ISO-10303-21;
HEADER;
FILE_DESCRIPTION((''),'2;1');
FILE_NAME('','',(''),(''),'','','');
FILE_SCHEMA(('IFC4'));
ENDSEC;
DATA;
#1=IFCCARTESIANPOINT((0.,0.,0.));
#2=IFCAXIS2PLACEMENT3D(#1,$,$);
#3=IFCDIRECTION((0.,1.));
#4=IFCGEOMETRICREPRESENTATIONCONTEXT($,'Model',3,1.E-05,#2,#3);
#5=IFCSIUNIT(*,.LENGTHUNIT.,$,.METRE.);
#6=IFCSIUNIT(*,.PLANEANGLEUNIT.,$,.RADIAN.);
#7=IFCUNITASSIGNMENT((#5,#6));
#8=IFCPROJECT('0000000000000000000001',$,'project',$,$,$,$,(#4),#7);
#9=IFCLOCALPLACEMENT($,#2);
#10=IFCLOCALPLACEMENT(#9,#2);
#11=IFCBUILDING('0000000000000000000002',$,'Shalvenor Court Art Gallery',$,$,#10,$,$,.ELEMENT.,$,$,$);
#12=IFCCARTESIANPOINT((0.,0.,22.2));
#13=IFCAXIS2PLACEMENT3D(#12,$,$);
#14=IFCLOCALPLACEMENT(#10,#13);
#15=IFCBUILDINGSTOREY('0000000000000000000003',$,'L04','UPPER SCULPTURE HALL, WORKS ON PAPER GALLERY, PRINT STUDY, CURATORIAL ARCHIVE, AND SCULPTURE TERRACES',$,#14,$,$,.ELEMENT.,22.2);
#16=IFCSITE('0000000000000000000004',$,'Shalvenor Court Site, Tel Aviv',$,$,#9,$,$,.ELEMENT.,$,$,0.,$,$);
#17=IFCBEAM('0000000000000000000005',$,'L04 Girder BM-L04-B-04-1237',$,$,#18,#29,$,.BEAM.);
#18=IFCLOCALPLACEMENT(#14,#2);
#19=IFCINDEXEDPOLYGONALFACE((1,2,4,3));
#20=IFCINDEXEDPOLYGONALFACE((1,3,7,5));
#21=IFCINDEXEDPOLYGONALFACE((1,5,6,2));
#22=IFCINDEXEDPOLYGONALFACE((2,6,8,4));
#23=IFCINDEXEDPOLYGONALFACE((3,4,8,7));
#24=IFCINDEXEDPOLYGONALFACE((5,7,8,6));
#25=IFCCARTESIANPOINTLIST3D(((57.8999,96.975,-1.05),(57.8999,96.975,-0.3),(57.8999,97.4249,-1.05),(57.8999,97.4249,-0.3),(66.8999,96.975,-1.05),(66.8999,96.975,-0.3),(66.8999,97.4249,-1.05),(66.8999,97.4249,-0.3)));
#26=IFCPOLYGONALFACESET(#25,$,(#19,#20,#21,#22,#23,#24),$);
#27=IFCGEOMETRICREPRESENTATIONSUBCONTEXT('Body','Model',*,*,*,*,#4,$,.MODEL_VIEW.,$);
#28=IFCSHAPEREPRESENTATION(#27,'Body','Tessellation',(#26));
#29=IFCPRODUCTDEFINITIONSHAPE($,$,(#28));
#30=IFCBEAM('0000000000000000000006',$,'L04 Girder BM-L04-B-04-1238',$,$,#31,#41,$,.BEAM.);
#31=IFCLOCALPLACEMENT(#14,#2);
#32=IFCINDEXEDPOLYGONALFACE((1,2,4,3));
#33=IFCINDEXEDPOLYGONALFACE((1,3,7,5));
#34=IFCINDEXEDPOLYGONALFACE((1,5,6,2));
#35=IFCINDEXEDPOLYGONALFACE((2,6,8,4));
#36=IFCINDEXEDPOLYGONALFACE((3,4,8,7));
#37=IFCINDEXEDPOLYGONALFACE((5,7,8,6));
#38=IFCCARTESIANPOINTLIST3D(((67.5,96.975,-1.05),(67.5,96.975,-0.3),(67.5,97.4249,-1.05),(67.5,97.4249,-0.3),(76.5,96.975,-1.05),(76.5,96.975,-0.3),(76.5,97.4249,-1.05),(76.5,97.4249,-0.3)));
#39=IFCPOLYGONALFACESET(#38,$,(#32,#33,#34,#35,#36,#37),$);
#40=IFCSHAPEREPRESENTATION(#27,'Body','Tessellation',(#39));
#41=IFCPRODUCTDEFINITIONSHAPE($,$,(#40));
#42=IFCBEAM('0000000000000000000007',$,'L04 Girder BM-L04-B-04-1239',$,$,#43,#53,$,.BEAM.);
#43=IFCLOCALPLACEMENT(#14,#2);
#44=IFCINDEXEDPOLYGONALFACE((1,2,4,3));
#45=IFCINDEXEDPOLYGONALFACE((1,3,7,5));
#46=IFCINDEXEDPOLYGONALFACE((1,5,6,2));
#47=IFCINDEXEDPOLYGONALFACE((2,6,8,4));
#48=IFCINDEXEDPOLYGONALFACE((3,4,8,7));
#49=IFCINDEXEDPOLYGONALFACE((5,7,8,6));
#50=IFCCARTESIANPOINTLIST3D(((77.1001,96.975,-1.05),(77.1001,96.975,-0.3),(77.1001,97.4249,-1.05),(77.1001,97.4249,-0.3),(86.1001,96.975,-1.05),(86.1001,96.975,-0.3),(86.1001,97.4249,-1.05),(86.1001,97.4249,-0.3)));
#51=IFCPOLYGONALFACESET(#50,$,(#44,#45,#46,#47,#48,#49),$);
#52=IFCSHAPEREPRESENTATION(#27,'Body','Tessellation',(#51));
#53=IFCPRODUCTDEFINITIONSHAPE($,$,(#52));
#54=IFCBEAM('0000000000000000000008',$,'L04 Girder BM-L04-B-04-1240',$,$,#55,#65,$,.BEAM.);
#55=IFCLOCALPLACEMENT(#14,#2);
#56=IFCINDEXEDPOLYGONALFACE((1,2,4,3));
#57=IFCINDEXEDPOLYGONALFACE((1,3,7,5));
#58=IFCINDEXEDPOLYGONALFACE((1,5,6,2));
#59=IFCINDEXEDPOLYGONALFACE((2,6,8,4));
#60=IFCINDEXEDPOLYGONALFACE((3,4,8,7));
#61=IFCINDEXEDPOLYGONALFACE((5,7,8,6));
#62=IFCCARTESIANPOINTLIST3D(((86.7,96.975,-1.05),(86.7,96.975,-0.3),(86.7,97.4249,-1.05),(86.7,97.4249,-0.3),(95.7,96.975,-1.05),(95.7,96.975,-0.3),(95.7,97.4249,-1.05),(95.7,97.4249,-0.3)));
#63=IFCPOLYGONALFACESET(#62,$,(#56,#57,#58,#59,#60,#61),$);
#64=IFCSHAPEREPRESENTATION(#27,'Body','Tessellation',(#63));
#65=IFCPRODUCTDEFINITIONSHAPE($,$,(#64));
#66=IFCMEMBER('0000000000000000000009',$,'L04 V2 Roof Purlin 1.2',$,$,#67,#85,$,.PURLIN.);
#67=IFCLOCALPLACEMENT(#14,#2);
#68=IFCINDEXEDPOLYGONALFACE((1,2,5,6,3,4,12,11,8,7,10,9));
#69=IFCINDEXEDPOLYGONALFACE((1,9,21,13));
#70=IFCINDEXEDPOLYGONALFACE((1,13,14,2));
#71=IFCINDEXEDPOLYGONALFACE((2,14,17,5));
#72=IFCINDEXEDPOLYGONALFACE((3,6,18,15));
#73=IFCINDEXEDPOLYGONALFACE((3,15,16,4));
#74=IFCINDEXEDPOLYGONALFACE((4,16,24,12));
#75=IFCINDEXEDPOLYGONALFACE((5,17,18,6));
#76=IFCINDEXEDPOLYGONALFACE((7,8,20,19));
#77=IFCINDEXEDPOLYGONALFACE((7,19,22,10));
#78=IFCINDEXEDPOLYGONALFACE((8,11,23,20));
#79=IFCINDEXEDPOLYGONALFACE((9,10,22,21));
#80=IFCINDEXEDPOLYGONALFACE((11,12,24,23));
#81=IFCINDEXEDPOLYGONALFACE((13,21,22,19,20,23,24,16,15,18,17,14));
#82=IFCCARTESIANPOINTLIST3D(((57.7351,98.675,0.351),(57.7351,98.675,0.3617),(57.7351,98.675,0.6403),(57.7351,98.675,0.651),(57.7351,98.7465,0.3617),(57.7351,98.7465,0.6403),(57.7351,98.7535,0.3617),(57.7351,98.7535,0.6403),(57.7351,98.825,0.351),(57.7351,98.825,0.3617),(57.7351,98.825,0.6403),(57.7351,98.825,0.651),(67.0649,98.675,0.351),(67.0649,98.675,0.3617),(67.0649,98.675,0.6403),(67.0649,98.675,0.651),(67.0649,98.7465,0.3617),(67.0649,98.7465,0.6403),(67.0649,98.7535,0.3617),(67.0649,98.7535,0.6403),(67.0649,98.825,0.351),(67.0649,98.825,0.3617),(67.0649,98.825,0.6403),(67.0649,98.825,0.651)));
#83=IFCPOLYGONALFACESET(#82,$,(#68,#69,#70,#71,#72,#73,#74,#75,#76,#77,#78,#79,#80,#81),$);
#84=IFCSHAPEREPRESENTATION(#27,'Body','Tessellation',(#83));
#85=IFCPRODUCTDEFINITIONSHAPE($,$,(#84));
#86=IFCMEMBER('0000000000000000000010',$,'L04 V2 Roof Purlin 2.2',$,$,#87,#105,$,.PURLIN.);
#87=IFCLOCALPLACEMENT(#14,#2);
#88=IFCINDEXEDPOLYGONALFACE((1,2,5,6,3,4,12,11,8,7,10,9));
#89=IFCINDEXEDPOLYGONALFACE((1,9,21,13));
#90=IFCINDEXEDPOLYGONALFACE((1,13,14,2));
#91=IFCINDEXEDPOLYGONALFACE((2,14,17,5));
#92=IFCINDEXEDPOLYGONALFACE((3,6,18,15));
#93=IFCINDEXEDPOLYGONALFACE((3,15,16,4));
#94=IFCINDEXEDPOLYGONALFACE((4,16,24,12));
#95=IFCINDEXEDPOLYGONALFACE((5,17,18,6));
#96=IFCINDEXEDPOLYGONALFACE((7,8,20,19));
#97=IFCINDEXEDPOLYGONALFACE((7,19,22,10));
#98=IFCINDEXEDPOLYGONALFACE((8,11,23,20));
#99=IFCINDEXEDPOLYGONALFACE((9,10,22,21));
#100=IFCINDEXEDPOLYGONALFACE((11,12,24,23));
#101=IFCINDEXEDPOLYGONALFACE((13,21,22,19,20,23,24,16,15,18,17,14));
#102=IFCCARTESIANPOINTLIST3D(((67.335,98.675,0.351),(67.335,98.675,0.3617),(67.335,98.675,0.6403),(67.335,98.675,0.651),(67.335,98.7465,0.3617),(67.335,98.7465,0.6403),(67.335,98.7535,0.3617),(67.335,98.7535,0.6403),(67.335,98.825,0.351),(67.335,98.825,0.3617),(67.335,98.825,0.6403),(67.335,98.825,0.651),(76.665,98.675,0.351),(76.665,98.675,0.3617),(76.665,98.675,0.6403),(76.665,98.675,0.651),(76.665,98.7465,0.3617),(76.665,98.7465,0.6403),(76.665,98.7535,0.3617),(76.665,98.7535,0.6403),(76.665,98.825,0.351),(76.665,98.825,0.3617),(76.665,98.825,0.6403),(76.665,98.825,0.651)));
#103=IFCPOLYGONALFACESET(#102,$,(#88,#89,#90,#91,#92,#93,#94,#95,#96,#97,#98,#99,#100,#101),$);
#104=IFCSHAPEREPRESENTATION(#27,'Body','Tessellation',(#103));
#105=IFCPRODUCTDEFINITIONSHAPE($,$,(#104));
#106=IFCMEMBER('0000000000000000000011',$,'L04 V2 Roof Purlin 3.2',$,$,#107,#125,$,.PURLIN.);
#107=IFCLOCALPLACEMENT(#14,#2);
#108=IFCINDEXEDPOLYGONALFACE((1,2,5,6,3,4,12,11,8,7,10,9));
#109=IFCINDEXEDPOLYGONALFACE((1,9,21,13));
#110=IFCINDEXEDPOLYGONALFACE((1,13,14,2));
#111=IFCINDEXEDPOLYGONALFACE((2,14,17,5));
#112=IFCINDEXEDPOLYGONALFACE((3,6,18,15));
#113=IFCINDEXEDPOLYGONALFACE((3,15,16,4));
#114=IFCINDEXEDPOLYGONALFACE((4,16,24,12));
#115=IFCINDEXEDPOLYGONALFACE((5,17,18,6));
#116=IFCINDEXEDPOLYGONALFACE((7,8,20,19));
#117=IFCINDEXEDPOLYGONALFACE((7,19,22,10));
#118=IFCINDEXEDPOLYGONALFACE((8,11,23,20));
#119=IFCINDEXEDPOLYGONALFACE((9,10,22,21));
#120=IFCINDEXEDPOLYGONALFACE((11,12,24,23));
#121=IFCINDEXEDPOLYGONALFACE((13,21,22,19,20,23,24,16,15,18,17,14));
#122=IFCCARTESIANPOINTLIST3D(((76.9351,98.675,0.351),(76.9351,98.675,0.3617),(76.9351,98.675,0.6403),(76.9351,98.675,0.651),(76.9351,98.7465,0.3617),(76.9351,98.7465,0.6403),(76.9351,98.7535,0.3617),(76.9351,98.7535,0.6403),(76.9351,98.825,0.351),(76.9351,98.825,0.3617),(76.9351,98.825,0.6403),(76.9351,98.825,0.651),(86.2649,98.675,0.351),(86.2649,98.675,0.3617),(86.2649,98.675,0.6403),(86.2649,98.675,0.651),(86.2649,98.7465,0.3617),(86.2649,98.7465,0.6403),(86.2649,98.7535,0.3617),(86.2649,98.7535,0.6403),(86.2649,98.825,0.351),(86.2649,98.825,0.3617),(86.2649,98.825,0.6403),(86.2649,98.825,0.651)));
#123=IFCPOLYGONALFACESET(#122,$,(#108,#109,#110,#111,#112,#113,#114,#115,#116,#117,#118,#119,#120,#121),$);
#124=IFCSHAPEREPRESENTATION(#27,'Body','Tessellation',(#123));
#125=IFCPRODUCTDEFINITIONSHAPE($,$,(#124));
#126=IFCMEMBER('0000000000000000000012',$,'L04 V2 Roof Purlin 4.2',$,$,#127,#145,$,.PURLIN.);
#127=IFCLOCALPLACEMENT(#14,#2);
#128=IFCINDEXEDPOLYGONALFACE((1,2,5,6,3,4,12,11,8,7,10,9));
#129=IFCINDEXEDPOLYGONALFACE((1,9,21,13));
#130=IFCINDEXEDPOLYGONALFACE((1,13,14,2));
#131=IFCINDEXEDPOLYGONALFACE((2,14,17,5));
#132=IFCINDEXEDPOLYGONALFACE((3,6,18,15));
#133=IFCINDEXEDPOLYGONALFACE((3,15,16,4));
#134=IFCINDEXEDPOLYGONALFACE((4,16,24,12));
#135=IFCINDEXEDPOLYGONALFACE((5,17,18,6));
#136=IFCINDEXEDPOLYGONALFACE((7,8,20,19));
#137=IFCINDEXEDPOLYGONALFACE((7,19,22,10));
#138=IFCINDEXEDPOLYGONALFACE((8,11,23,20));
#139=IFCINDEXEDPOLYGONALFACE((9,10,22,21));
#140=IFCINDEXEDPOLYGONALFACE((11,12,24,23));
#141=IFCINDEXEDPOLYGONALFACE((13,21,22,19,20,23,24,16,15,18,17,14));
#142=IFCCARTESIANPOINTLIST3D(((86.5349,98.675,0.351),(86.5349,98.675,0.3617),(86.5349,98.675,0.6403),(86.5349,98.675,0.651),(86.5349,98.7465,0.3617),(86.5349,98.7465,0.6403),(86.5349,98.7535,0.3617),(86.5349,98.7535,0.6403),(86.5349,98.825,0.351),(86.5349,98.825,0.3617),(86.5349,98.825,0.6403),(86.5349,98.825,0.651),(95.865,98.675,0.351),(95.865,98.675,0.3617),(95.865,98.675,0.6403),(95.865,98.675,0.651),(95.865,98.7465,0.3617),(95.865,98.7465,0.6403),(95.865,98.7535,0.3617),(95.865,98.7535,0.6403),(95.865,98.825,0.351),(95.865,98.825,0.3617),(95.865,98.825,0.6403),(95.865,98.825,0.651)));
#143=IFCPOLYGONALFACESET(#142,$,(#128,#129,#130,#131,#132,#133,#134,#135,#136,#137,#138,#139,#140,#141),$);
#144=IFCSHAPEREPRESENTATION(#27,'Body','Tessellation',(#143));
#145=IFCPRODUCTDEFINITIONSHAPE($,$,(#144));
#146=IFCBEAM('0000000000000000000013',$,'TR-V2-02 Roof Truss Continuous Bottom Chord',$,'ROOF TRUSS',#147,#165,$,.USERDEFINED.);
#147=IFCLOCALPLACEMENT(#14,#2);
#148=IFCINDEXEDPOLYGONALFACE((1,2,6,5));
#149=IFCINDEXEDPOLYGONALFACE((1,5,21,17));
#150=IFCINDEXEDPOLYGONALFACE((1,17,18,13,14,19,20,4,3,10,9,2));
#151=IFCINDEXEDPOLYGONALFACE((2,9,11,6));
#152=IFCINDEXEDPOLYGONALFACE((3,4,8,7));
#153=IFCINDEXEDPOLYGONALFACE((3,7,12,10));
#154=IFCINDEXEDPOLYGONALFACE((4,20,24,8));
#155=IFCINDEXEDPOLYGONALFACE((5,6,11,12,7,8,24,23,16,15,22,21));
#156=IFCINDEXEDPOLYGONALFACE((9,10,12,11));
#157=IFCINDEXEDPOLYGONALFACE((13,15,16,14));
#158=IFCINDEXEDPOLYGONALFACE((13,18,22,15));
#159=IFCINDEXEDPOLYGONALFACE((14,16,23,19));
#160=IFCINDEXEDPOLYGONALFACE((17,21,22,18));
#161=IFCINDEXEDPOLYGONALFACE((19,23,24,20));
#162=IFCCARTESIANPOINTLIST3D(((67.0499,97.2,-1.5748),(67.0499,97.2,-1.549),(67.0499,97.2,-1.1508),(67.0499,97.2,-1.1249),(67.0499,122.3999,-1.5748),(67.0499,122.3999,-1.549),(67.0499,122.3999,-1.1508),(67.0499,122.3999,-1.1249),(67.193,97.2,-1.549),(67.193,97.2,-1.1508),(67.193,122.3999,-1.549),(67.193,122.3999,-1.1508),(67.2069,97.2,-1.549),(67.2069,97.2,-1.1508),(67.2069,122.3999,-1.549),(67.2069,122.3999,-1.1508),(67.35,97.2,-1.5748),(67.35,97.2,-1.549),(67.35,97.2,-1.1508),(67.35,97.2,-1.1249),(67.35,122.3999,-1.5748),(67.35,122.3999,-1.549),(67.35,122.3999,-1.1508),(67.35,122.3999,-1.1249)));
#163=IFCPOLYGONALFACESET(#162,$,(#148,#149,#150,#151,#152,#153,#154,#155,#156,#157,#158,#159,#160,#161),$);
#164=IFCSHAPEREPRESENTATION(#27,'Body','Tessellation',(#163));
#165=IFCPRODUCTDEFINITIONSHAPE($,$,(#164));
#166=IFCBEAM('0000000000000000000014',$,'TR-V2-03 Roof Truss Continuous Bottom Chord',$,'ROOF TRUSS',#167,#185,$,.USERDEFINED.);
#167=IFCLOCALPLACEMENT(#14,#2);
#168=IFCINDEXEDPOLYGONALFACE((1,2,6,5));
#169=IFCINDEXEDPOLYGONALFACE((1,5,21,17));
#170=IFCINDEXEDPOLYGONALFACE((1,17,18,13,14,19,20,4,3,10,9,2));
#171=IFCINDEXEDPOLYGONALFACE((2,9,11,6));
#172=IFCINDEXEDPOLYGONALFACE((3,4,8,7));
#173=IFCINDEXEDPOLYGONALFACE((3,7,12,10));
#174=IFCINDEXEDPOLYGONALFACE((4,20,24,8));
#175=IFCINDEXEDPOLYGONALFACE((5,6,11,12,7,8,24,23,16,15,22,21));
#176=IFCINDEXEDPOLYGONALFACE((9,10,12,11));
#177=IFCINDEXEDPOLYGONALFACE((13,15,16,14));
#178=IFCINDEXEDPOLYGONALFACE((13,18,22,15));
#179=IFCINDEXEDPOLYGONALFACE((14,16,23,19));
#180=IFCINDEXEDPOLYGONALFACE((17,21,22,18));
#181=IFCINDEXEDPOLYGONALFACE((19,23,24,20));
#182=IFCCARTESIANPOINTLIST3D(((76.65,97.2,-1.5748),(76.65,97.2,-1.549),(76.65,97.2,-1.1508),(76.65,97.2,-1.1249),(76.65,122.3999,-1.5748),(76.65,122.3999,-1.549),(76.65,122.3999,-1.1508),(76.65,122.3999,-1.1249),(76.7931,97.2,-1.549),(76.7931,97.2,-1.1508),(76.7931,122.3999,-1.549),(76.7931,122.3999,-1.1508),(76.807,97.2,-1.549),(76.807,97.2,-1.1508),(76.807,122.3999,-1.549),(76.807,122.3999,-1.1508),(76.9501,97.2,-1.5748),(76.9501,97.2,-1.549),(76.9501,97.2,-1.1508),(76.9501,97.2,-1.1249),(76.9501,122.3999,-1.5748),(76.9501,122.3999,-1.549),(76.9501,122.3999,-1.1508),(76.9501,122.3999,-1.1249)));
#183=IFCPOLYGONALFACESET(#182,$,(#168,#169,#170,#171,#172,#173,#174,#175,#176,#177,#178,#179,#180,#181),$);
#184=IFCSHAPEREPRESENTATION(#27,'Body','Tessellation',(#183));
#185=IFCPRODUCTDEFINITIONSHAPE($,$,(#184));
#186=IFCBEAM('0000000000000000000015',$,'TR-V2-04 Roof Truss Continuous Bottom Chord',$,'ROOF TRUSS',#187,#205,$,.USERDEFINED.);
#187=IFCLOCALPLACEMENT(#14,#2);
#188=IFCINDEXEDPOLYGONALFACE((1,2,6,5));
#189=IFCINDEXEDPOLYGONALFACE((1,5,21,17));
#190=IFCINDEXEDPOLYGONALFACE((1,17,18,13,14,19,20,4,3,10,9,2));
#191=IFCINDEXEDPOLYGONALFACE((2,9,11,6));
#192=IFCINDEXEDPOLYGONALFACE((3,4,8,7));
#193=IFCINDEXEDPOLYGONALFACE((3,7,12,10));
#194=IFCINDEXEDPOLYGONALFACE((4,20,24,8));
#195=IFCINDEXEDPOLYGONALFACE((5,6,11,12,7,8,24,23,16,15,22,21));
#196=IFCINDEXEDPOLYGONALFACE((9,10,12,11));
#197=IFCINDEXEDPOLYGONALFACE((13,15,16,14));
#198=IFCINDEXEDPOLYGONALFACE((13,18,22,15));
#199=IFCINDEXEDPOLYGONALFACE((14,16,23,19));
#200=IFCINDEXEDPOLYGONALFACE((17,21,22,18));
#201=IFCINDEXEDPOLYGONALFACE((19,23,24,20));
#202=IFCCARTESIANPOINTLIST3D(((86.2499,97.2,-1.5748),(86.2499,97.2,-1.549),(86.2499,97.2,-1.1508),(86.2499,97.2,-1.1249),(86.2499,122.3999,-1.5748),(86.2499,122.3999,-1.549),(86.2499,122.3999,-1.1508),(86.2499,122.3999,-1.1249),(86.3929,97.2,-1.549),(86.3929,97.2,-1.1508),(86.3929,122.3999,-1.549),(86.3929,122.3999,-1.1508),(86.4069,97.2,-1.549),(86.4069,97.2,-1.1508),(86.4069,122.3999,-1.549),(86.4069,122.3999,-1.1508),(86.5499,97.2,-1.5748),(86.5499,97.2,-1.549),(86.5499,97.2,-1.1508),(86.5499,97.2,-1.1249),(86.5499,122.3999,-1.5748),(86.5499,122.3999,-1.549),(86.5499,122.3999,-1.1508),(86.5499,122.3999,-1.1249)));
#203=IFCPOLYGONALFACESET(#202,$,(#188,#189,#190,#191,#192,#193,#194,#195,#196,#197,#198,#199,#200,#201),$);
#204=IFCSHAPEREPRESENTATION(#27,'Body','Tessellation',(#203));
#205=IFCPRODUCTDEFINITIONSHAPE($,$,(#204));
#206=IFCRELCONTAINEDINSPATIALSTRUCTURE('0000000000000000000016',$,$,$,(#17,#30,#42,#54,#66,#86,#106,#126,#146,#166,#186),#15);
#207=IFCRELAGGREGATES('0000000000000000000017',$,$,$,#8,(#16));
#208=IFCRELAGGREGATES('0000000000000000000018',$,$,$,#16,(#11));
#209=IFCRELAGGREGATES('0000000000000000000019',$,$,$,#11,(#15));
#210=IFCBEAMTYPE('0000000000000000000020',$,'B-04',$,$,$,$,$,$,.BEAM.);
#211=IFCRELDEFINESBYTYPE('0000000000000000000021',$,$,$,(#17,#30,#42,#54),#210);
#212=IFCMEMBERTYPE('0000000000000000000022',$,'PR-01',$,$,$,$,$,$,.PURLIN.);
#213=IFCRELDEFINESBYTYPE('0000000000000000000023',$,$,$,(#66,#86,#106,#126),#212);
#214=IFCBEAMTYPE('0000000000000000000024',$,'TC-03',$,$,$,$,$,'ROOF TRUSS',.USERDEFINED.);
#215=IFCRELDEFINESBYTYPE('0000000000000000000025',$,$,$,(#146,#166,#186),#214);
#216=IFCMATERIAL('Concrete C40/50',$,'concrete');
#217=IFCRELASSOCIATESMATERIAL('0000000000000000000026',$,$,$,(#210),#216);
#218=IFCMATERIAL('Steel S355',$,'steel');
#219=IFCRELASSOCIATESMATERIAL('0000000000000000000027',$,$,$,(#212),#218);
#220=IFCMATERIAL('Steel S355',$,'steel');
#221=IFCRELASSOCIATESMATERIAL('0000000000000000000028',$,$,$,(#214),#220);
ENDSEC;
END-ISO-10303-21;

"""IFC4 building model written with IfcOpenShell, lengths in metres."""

from ifc_helpers import new_model, si_unit, direction, frame, origin, origin_2d, place, context, subcontext, project, spatial, rectangle, i_section, extrude, material, material_profile, profile_set, type_object, element, save


model = new_model("IFC4")

# Units and contexts
model_context = context("Model", 3, precision=1e-05, world=origin(), true_north=direction((0.0, 1.0)))
body_context = subcontext(model_context, "Body", "Model", "MODEL_VIEW")
ifc_project = project(units=[si_unit("LENGTHUNIT", "METRE"), si_unit("PLANEANGLEUNIT", "RADIAN")], contexts=[model_context])

# Site, building, storey
site_placement = place(None, origin())
site = spatial("IfcSite", under=ifc_project, at=site_placement, Name="Shalvenor Court Site, Tel Aviv", CompositionType="ELEMENT", RefElevation=0.0)
building_placement = place(site_placement, origin())
building = spatial("IfcBuilding", under=site, at=building_placement, Name="Shalvenor Court Art Gallery", CompositionType="ELEMENT")
storey_placement = place(building_placement, frame((0.0, 0.0, 22.2)))
storey = spatial("IfcBuildingStorey", under=building, at=storey_placement, Name="L04", Description="UPPER SCULPTURE HALL, WORKS ON PAPER GALLERY, PRINT STUDY, CURATORIAL ARCHIVE, AND SCULPTURE TERRACES", CompositionType="ELEMENT", Elevation=22.2)

# Beams
ifc_material_1 = material(Name="Concrete C40/50", Category="concrete")
ifc_material_profile_1 = material_profile(ifc_material_1, rectangle(XDim=0.45, YDim=0.75, at=origin_2d()), Name="RC 450x750")
ifc_profile_set_1 = profile_set([ifc_material_profile_1], Name="Concrete C40/50")
beam_type_1 = type_object("IfcBeamType", Name="B-04", PredefinedType="BEAM", material=ifc_profile_set_1)
for number, where, z_axis, x_axis, name in (
    (1, (57.8999, 97.2, -0.675), (1.0, 0.0, 0.0), (0.0, 1.0, 0.0), "L04 Girder BM-L04-B-04-1237"),
    (2, (67.5, 97.2, -0.675), (1.0, 0.0, 0.0), (0.0, 1.0, 0.0), "L04 Girder BM-L04-B-04-1238"),
    (3, (77.1001, 97.2, -0.675), (1.0, 0.0, 0.0), (0.0, 1.0, 0.0), "L04 Girder BM-L04-B-04-1239"),
    (4, (86.7, 97.2, -0.675), (1.0, 0.0, 0.0), (0.0, 1.0, 0.0), "L04 Girder BM-L04-B-04-1240"),
):
    element("IfcBeam", number, at=place(storey_placement, frame(where, z_axis=z_axis, x_axis=x_axis)), inside=storey, type_object=beam_type_1, Name=name, PredefinedType="BEAM", context=body_context, shape_type="SweptSolid", body=[
        extrude(rectangle(XDim=0.45, YDim=0.75, at=origin_2d()), origin(), (0.0, 0.0, 1.0), 9.0),
    ])

# Members
ifc_material_2 = material(Name="Steel S355", Category="steel")
ifc_material_profile_2 = material_profile(ifc_material_2, i_section(OverallWidth=0.1499, OverallDepth=0.3, WebThickness=0.0071, FlangeThickness=0.0107, at=origin_2d()), Name="IPE 300")
ifc_profile_set_2 = profile_set([ifc_material_profile_2], Name="Steel S355")
member_type_1 = type_object("IfcMemberType", Name="PR-01", PredefinedType="PURLIN", material=ifc_profile_set_2)
member_1_placement = place(storey_placement, frame((57.7351, 98.75, 0.501), z_axis=(1.0, 0.0, 0.0), x_axis=(0.0, 1.0, 0.0)))
element("IfcMember", 5, at=member_1_placement, inside=storey, type_object=member_type_1, Name="L04 V2 Roof Purlin 1.2", PredefinedType="PURLIN", context=body_context, shape_type="SweptSolid", body=[
    extrude(i_section(OverallWidth=0.1499, OverallDepth=0.3, WebThickness=0.0071, FlangeThickness=0.0107, at=origin_2d()), origin(), (0.0, 0.0, 1.0), 9.3298),
])
member_2_placement = place(storey_placement, frame((67.335, 98.75, 0.501), z_axis=(1.0, 0.0, 0.0), x_axis=(0.0, 1.0, 0.0)))
element("IfcMember", 6, at=member_2_placement, inside=storey, type_object=member_type_1, Name="L04 V2 Roof Purlin 2.2", PredefinedType="PURLIN", context=body_context, shape_type="SweptSolid", body=[
    extrude(i_section(OverallWidth=0.1499, OverallDepth=0.3, WebThickness=0.0071, FlangeThickness=0.0107, at=origin_2d()), origin(), (0.0, 0.0, 1.0), 9.3301),
])
member_3_placement = place(storey_placement, frame((76.9351, 98.75, 0.501), z_axis=(1.0, 0.0, 0.0), x_axis=(0.0, 1.0, 0.0)))
element("IfcMember", 7, at=member_3_placement, inside=storey, type_object=member_type_1, Name="L04 V2 Roof Purlin 3.2", PredefinedType="PURLIN", context=body_context, shape_type="SweptSolid", body=[
    extrude(i_section(OverallWidth=0.1499, OverallDepth=0.3, WebThickness=0.0071, FlangeThickness=0.0107, at=origin_2d()), origin(), (0.0, 0.0, 1.0), 9.3298),
])
member_4_placement = place(storey_placement, frame((86.5349, 98.75, 0.501), z_axis=(1.0, 0.0, 0.0), x_axis=(0.0, 1.0, 0.0)))
element("IfcMember", 8, at=member_4_placement, inside=storey, type_object=member_type_1, Name="L04 V2 Roof Purlin 4.2", PredefinedType="PURLIN", context=body_context, shape_type="SweptSolid", body=[
    extrude(i_section(OverallWidth=0.1499, OverallDepth=0.3, WebThickness=0.0071, FlangeThickness=0.0107, at=origin_2d()), origin(), (0.0, 0.0, 1.0), 9.3301),
])

# Beams
ifc_material_3 = material(Name="Steel S355", Category="steel")
ifc_material_profile_3 = material_profile(ifc_material_3, i_section(OverallWidth=0.3, OverallDepth=0.45, WebThickness=0.0139, FlangeThickness=0.0259, at=origin_2d()), Name="HEB 450")
ifc_profile_set_3 = profile_set([ifc_material_profile_3], Name="Steel S355")
beam_type_2 = type_object("IfcBeamType", Name="TC-03", ElementType="ROOF TRUSS", PredefinedType="USERDEFINED", material=ifc_profile_set_3)
for number, where, z_axis, x_axis, name in (
    (9, (67.2, 97.2, -1.3499), (0.0, 1.0, 0.0), (-1.0, 0.0, 0.0), "TR-V2-02 Roof Truss Continuous Bottom Chord"),
    (10, (76.8, 97.2, -1.3499), (0.0, 1.0, 0.0), (-1.0, 0.0, 0.0), "TR-V2-03 Roof Truss Continuous Bottom Chord"),
    (11, (86.3999, 97.2, -1.3499), (0.0, 1.0, 0.0), (-1.0, 0.0, 0.0), "TR-V2-04 Roof Truss Continuous Bottom Chord"),
):
    element("IfcBeam", number, at=place(storey_placement, frame(where, z_axis=z_axis, x_axis=x_axis)), inside=storey, type_object=beam_type_2, Name=name, ObjectType="ROOF TRUSS", PredefinedType="USERDEFINED", context=body_context, shape_type="SweptSolid", body=[
        extrude(i_section(OverallWidth=0.3, OverallDepth=0.45, WebThickness=0.0139, FlangeThickness=0.0259, at=origin_2d()), origin(), (0.0, 0.0, 1.0), 25.2),
    ])

save(model, "model.ifc")
